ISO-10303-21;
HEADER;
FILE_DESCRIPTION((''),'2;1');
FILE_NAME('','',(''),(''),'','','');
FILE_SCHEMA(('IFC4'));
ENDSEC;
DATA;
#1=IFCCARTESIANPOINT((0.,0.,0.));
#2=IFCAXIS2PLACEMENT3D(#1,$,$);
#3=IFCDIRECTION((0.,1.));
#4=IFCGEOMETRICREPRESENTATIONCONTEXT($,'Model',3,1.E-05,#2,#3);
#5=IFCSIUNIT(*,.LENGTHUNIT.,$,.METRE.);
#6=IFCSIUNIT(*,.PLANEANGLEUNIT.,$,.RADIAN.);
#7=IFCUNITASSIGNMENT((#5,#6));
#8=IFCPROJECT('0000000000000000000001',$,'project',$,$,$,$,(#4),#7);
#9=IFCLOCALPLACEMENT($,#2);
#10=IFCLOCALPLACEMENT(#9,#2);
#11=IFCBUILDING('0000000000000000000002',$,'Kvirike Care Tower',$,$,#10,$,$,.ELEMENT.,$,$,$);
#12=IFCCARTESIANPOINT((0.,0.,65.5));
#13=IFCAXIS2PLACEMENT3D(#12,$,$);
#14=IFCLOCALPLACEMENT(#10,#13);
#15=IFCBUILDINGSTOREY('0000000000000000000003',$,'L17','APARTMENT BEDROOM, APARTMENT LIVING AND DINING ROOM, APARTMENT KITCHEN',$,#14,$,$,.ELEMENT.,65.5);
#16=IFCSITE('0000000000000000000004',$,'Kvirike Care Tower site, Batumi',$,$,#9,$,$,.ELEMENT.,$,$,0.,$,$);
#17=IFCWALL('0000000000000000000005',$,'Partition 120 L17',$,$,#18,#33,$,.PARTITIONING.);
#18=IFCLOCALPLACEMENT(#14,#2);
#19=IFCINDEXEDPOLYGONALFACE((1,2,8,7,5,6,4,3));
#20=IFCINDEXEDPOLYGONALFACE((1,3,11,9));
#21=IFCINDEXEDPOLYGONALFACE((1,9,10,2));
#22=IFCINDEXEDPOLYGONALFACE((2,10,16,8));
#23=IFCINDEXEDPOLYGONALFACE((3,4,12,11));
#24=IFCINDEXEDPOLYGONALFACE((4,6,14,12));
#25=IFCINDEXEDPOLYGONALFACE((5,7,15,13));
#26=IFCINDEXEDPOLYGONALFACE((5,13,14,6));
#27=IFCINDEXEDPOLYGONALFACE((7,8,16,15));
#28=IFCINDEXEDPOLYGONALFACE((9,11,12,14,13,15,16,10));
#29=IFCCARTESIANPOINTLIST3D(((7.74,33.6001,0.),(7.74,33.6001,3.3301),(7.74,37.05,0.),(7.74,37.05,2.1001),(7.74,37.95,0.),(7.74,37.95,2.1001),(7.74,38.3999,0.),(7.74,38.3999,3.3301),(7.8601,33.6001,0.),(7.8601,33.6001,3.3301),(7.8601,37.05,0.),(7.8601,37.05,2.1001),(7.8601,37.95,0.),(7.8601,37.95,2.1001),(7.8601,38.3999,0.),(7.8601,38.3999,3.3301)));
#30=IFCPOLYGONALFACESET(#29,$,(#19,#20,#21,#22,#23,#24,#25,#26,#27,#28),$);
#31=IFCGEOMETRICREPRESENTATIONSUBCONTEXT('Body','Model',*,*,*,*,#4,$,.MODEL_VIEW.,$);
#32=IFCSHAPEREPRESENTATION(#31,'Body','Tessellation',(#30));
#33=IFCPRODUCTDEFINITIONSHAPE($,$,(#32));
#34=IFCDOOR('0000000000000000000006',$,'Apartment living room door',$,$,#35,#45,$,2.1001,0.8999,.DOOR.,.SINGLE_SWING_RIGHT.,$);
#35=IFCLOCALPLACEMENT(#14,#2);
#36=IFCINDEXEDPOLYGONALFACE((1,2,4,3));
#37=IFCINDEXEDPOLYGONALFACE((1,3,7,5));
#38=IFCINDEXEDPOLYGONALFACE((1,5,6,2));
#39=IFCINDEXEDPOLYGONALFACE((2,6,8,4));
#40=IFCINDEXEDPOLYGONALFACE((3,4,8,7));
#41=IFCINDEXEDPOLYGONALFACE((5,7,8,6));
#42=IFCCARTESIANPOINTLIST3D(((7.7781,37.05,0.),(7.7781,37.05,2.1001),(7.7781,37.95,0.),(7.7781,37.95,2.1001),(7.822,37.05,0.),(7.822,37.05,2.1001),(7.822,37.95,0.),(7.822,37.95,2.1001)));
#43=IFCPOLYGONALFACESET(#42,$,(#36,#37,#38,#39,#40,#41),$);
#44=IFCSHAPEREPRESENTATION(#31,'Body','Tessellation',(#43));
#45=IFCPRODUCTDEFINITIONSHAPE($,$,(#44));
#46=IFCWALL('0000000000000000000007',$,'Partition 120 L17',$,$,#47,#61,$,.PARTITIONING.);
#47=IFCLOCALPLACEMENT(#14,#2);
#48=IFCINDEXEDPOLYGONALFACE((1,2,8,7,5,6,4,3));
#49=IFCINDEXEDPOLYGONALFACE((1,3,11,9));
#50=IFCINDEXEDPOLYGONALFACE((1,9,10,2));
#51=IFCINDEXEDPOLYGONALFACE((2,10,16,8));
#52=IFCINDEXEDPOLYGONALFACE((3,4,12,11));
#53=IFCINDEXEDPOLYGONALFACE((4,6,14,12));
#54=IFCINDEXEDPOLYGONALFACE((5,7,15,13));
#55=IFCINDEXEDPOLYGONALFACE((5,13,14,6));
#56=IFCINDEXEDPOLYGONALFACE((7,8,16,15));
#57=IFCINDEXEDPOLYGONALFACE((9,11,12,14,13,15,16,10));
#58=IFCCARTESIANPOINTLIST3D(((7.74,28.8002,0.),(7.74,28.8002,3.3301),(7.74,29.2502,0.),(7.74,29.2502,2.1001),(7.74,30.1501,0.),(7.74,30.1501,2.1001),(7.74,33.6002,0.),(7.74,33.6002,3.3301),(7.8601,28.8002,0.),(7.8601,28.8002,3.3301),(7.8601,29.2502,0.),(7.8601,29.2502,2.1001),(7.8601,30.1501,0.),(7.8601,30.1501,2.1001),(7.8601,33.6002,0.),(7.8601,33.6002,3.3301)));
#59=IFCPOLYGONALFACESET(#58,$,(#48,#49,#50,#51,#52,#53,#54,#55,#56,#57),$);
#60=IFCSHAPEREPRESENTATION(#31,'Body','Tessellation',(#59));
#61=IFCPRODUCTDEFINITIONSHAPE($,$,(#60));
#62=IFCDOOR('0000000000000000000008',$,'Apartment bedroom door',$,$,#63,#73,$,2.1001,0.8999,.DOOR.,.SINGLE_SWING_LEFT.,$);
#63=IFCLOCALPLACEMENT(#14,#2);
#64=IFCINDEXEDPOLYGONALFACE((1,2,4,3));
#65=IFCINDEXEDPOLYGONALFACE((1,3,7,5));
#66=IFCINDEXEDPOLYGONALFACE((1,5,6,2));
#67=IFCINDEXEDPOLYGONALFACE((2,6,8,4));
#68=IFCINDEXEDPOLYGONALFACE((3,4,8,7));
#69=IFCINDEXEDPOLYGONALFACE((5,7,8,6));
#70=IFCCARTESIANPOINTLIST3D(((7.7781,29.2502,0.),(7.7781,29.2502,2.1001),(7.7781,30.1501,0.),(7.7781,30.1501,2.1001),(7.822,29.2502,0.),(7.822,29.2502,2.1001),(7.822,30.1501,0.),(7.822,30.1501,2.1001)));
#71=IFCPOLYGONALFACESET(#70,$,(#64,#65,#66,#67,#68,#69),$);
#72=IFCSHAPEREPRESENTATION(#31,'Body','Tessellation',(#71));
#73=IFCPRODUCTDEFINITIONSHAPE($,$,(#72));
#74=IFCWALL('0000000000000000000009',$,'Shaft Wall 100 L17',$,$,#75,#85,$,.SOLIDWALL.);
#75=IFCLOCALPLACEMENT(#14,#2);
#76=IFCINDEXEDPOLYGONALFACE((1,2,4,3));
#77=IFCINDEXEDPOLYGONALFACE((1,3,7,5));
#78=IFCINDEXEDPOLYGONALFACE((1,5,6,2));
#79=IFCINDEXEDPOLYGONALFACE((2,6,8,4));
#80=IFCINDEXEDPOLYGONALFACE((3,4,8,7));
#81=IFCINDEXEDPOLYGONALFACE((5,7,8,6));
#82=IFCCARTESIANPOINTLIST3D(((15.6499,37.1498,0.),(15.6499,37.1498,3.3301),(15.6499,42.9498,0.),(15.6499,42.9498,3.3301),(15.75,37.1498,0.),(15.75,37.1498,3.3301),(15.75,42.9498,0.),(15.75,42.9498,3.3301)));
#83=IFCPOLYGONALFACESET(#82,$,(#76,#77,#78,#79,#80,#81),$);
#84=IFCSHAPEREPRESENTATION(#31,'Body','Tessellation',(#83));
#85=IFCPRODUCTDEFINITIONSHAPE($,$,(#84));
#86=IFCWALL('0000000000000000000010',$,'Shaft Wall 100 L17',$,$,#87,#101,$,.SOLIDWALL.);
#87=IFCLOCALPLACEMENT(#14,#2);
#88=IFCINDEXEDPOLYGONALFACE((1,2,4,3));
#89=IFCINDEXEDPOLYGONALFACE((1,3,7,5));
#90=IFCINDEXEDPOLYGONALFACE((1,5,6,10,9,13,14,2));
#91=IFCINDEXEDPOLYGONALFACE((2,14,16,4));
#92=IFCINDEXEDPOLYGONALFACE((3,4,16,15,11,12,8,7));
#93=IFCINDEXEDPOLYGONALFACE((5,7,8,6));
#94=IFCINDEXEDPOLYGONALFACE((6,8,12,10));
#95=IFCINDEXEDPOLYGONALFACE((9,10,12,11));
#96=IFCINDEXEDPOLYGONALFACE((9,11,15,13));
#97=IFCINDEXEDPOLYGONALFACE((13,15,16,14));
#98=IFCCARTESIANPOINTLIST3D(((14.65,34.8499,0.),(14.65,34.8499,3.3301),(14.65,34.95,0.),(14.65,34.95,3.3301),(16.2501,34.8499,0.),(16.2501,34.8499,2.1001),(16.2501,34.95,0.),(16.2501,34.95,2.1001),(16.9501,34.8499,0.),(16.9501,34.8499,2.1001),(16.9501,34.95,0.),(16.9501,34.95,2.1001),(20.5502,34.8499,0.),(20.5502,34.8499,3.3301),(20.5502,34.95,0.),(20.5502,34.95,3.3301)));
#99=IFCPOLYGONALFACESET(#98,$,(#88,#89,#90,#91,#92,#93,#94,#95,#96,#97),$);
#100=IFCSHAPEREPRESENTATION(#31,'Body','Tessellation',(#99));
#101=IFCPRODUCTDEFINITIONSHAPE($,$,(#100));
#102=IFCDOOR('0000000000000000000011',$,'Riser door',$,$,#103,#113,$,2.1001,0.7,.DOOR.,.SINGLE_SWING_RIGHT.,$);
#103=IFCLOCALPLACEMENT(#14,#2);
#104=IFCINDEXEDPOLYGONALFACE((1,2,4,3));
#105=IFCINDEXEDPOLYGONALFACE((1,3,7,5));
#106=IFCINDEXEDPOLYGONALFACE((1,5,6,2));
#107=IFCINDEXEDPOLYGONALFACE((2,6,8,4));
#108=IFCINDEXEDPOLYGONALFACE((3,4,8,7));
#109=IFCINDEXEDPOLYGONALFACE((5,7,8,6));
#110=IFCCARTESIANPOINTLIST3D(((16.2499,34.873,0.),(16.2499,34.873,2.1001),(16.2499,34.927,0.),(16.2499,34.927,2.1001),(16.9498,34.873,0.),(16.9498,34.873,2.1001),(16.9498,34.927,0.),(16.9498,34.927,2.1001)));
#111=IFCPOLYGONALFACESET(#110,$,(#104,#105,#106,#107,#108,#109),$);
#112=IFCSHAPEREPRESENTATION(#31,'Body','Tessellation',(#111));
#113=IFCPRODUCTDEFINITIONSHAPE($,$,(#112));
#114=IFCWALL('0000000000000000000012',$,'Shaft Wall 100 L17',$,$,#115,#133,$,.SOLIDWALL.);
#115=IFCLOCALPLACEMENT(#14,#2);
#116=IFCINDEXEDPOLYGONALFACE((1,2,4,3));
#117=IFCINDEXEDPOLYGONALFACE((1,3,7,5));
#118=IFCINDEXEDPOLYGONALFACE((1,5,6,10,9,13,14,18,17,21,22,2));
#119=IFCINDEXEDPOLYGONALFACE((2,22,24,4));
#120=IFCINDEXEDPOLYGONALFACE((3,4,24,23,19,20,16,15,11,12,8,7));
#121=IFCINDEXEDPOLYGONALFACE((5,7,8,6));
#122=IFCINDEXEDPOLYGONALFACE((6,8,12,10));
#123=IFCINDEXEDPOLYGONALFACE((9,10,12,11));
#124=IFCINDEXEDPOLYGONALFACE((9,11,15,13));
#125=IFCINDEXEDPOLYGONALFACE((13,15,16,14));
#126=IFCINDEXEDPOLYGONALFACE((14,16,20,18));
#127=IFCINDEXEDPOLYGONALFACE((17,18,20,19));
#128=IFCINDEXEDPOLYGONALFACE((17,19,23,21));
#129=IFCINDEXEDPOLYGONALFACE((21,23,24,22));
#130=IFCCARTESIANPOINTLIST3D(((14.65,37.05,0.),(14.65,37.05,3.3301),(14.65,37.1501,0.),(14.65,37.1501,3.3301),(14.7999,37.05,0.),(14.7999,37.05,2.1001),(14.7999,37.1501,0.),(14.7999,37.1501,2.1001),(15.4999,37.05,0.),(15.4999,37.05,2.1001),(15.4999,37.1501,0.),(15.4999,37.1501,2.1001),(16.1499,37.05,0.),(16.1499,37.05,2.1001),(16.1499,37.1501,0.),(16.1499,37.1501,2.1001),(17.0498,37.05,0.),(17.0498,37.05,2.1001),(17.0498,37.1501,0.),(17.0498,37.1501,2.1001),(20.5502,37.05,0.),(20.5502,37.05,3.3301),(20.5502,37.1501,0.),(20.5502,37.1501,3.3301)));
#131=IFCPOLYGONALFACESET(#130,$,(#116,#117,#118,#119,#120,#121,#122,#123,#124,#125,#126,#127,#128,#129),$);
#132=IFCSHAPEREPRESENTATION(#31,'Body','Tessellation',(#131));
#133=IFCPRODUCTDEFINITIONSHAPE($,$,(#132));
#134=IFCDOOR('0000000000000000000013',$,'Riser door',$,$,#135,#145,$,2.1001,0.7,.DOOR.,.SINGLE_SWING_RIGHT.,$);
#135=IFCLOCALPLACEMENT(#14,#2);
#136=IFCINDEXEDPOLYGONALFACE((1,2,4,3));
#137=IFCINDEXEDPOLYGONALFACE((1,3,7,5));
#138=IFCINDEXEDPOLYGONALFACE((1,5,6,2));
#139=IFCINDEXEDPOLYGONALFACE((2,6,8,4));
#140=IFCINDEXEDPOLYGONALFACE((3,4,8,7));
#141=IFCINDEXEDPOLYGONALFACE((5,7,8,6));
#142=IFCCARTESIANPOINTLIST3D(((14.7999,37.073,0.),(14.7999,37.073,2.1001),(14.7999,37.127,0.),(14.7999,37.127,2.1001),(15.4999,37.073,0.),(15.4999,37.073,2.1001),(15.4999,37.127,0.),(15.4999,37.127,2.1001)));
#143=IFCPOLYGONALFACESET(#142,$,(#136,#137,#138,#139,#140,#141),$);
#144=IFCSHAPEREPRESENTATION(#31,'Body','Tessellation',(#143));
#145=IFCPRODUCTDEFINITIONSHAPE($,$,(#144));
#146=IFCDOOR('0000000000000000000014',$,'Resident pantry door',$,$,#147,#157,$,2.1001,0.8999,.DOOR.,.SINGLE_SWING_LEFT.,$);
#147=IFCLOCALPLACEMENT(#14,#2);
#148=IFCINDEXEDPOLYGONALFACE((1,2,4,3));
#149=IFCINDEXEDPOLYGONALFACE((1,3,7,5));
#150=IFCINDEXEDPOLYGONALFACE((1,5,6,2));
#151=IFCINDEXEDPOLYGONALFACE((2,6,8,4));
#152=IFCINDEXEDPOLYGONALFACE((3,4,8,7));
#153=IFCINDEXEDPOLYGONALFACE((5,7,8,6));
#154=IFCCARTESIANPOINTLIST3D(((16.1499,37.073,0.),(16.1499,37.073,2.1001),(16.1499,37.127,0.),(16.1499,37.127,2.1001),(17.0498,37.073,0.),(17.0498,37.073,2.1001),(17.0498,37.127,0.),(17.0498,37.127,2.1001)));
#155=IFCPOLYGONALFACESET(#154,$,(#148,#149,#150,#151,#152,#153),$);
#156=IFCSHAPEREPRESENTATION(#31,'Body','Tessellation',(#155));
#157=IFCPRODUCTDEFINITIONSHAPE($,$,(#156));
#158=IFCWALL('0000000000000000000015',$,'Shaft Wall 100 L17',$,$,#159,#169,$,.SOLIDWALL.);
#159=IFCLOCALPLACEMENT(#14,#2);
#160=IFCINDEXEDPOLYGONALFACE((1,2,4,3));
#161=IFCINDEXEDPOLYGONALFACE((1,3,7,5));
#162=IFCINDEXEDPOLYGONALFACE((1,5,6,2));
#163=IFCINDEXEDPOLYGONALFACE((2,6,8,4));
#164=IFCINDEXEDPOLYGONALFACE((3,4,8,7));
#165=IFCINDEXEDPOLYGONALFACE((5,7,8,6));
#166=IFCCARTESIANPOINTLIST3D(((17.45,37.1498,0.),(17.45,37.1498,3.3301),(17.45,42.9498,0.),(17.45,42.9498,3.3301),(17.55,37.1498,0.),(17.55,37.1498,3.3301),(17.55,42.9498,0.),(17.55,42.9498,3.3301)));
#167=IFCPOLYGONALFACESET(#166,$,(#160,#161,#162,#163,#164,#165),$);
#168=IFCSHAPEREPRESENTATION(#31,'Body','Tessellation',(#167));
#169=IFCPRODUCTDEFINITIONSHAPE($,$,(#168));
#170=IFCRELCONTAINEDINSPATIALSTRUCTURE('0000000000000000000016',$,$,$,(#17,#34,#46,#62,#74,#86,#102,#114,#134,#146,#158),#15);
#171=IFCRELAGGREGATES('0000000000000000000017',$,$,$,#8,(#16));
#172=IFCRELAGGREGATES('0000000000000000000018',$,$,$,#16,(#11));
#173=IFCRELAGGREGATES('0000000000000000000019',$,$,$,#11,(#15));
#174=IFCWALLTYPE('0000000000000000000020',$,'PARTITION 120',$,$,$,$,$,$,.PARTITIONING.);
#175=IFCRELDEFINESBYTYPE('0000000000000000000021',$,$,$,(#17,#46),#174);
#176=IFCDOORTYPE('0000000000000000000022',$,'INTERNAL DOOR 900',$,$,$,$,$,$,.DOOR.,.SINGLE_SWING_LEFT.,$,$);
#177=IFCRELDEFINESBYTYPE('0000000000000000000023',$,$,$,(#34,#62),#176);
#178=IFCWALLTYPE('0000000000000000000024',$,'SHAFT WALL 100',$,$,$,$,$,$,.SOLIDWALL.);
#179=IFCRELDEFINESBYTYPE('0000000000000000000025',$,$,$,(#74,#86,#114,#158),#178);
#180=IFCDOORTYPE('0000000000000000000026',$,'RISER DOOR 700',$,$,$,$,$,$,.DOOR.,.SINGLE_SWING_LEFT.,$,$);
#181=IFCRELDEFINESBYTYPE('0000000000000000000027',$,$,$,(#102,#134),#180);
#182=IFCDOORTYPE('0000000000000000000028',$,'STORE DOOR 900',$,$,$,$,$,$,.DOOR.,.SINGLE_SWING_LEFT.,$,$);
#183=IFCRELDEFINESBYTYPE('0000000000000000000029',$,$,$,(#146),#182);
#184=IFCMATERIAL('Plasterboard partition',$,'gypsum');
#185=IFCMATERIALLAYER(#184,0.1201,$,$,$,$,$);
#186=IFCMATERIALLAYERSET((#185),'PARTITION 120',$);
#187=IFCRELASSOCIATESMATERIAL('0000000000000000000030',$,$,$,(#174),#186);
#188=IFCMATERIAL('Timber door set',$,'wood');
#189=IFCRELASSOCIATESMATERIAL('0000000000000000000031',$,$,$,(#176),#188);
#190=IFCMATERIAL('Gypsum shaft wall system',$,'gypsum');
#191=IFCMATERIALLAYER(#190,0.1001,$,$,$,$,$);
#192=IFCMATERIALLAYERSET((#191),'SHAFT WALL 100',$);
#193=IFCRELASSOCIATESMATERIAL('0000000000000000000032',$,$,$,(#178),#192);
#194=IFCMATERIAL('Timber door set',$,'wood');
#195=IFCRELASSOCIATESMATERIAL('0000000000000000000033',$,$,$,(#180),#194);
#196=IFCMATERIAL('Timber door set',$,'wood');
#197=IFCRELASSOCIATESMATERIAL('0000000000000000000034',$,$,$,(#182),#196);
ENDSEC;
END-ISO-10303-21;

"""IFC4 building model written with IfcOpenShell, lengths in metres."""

from ifc_helpers import new_model, si_unit, direction, frame, frame_2d, origin, place, context, subcontext, project, spatial, rectangle, extrude, material, layer, layer_set, type_object, element, fill, save


model = new_model("IFC4")

# Units and contexts
model_context = context("Model", 3, precision=1e-05, world=origin(), true_north=direction((0.0, 1.0)))
body_context = subcontext(model_context, "Body", "Model", "MODEL_VIEW")
ifc_project = project(units=[si_unit("LENGTHUNIT", "METRE"), si_unit("PLANEANGLEUNIT", "RADIAN")], contexts=[model_context])

# Site, building, storey
site_placement = place(None, origin())
site = spatial("IfcSite", under=ifc_project, at=site_placement, Name="Kvirike Care Tower site, Batumi", CompositionType="ELEMENT", RefElevation=0.0)
building_placement = place(site_placement, origin())
building = spatial("IfcBuilding", under=site, at=building_placement, Name="Kvirike Care Tower", CompositionType="ELEMENT")
storey_placement = place(building_placement, frame((0.0, 0.0, 65.5)))
storey = spatial("IfcBuildingStorey", under=building, at=storey_placement, Name="L17", Description="APARTMENT BEDROOM, APARTMENT LIVING AND DINING ROOM, APARTMENT KITCHEN", CompositionType="ELEMENT", Elevation=65.5)

# Walls, openings, doors
ifc_material_1 = material(Name="Plasterboard partition", Category="gypsum")
ifc_layer_1 = layer(ifc_material_1, 0.1201)
ifc_layer_set_1 = layer_set([ifc_layer_1], Name="PARTITION 120")
wall_type_1 = type_object("IfcWallType", Name="PARTITION 120", PredefinedType="PARTITIONING", material=ifc_layer_set_1)
ifc_material_2 = material(Name="Timber door set", Category="wood")
door_type_1 = type_object("IfcDoorType", Name="INTERNAL DOOR 900", OperationType="SINGLE_SWING_LEFT", PredefinedType="DOOR", material=ifc_material_2)
wall_1_placement = place(storey_placement, frame((7.8, 38.3999, 0.0), z_axis=(0.0, 0.0, 1.0), x_axis=(0.0, -1.0, 0.0)))
wall_1 = element("IfcWall", 1, at=wall_1_placement, inside=storey, type_object=wall_type_1, Name="Partition 120 L17", PredefinedType="PARTITIONING", context=body_context, shape_type="SweptSolid", body=[
    extrude(rectangle(XDim=4.7998, YDim=0.1201, at=frame_2d((2.3999, 0.0))), origin(), (0.0, 0.0, 1.0), 3.3301),
])
opening_1_placement = place(wall_1_placement, frame((0.45, 0.0, 0.0)))
opening_1 = element("IfcOpeningElement", 2, at=opening_1_placement, cuts=wall_1, PredefinedType="OPENING", context=body_context, shape_type="SweptSolid", body=[
    extrude(rectangle(XDim=0.8999, YDim=2.1001, at=frame_2d((0.45, 1.05))), frame((0.0, 0.0706, 0.0), z_axis=(0.0, -1.0, 0.0), x_axis=(1.0, 0.0, 0.0)), (0.0, 0.0, 1.0), 0.1411),
])
door_1_placement = place(opening_1_placement, origin())
door_1 = element("IfcDoor", 3, at=door_1_placement, inside=storey, type_object=door_type_1, Name="Apartment living room door", OperationType="SINGLE_SWING_RIGHT", OverallHeight=2.1001, OverallWidth=0.8999, PredefinedType="DOOR", context=body_context, shape_type="SweptSolid", body=[
    extrude(rectangle(XDim=0.8999, YDim=2.1001, at=frame_2d((0.45, 1.05))), frame((0.0, 0.022, 0.0), z_axis=(0.0, -1.0, 0.0), x_axis=(1.0, 0.0, 0.0)), (0.0, 0.0, 1.0), 0.0439),
])
fill(opening_1, door_1)
wall_2_placement = place(storey_placement, frame((7.8, 33.6001, 0.0), z_axis=(0.0, 0.0, 1.0), x_axis=(0.0, -1.0, 0.0)))
wall_2 = element("IfcWall", 4, at=wall_2_placement, inside=storey, type_object=wall_type_1, Name="Partition 120 L17", PredefinedType="PARTITIONING", context=body_context, shape_type="SweptSolid", body=[
    extrude(rectangle(XDim=4.8, YDim=0.1201, at=frame_2d((2.3999, 0.0))), origin(), (0.0, 0.0, 1.0), 3.3301),
])
opening_2_placement = place(wall_2_placement, frame((3.45, 0.0, 0.0)))
opening_2 = element("IfcOpeningElement", 5, at=opening_2_placement, cuts=wall_2, PredefinedType="OPENING", context=body_context, shape_type="SweptSolid", body=[
    extrude(rectangle(XDim=0.8999, YDim=2.1001, at=frame_2d((0.45, 1.05))), frame((0.0, 0.0706, 0.0), z_axis=(0.0, -1.0, 0.0), x_axis=(1.0, 0.0, 0.0)), (0.0, 0.0, 1.0), 0.1411),
])
door_2_placement = place(opening_2_placement, origin())
door_2 = element("IfcDoor", 6, at=door_2_placement, inside=storey, type_object=door_type_1, Name="Apartment bedroom door", OperationType="SINGLE_SWING_LEFT", OverallHeight=2.1001, OverallWidth=0.8999, PredefinedType="DOOR", context=body_context, shape_type="SweptSolid", body=[
    extrude(rectangle(XDim=0.8999, YDim=2.1001, at=frame_2d((0.45, 1.05))), frame((0.0, 0.022, 0.0), z_axis=(0.0, -1.0, 0.0), x_axis=(1.0, 0.0, 0.0)), (0.0, 0.0, 1.0), 0.0439),
])
fill(opening_2, door_2)

# Wall
ifc_material_3 = material(Name="Gypsum shaft wall system", Category="gypsum")
ifc_layer_2 = layer(ifc_material_3, 0.1001)
ifc_layer_set_2 = layer_set([ifc_layer_2], Name="SHAFT WALL 100")
wall_type_2 = type_object("IfcWallType", Name="SHAFT WALL 100", PredefinedType="SOLIDWALL", material=ifc_layer_set_2)
wall_3_placement = place(storey_placement, frame((15.7, 37.1499, 0.0), z_axis=(0.0, 0.0, 1.0), x_axis=(0.0, 1.0, 0.0)))
element("IfcWall", 7, at=wall_3_placement, inside=storey, type_object=wall_type_2, Name="Shaft Wall 100 L17", PredefinedType="SOLIDWALL", context=body_context, shape_type="SweptSolid", body=[
    extrude(rectangle(XDim=5.8, YDim=0.1001, at=frame_2d((2.8999, 0.0))), origin(), (0.0, 0.0, 1.0), 3.3301),
])

# Wall, opening, door
wall_4_placement = place(storey_placement, frame((14.6499, 34.8999, 0.0), z_axis=(0.0, 0.0, 1.0), x_axis=(1.0, 0.0, 0.0)))
wall_4 = element("IfcWall", 8, at=wall_4_placement, inside=storey, type_object=wall_type_2, Name="Shaft Wall 100 L17", PredefinedType="SOLIDWALL", context=body_context, shape_type="SweptSolid", body=[
    extrude(rectangle(XDim=5.9001, YDim=0.1001, at=frame_2d((2.9502, 0.0))), origin(), (0.0, 0.0, 1.0), 3.3301),
])
opening_3_placement = place(wall_4_placement, frame((1.6001, 0.0, 0.0)))
opening_3 = element("IfcOpeningElement", 9, at=opening_3_placement, cuts=wall_4, PredefinedType="OPENING", context=body_context, shape_type="SweptSolid", body=[
    extrude(rectangle(XDim=0.7, YDim=2.1001, at=frame_2d((0.3501, 1.05))), frame((0.0, 0.0605, 0.0), z_axis=(0.0, -1.0, 0.0), x_axis=(1.0, 0.0, 0.0)), (0.0, 0.0, 1.0), 0.1211),
])
ifc_material_4 = material(Name="Timber door set", Category="wood")
door_type_2 = type_object("IfcDoorType", Name="RISER DOOR 700", OperationType="SINGLE_SWING_LEFT", PredefinedType="DOOR", material=ifc_material_4)
door_3_placement = place(opening_3_placement, frame((0.7, 0.0, 0.0), z_axis=(0.0, 0.0, 1.0), x_axis=(-1.0, 0.0, 0.0)))
door_3 = element("IfcDoor", 10, at=door_3_placement, inside=storey, type_object=door_type_2, Name="Riser door", OperationType="SINGLE_SWING_RIGHT", OverallHeight=2.1001, OverallWidth=0.7, PredefinedType="DOOR", context=body_context, shape_type="SweptSolid", body=[
    extrude(rectangle(XDim=0.7, YDim=2.1001, at=frame_2d((0.3501, 1.05))), frame((0.0, 0.0269, 0.0), z_axis=(0.0, -1.0, 0.0), x_axis=(1.0, 0.0, 0.0)), (0.0, 0.0, 1.0), 0.054),
])
fill(opening_3, door_3)

# Wall, openings, doors
wall_5_placement = place(storey_placement, frame((14.6499, 37.1001, 0.0), z_axis=(0.0, 0.0, 1.0), x_axis=(1.0, 0.0, 0.0)))
wall_5 = element("IfcWall", 11, at=wall_5_placement, inside=storey, type_object=wall_type_2, Name="Shaft Wall 100 L17", PredefinedType="SOLIDWALL", context=body_context, shape_type="SweptSolid", body=[
    extrude(rectangle(XDim=5.9001, YDim=0.1001, at=frame_2d((2.9502, 0.0))), origin(), (0.0, 0.0, 1.0), 3.3301),
])
opening_4_placement = place(wall_5_placement, frame((0.1499, 0.0, 0.0)))
opening_4 = element("IfcOpeningElement", 12, at=opening_4_placement, cuts=wall_5, PredefinedType="OPENING", context=body_context, shape_type="SweptSolid", body=[
    extrude(rectangle(XDim=0.7, YDim=2.1001, at=frame_2d((0.3501, 1.05))), frame((0.0, 0.0605, 0.0), z_axis=(0.0, -1.0, 0.0), x_axis=(1.0, 0.0, 0.0)), (0.0, 0.0, 1.0), 0.1211),
])
opening_5_placement = place(wall_5_placement, frame((1.5, 0.0, 0.0)))
opening_5 = element("IfcOpeningElement", 13, at=opening_5_placement, cuts=wall_5, PredefinedType="OPENING", context=body_context, shape_type="SweptSolid", body=[
    extrude(rectangle(XDim=0.8999, YDim=2.1001, at=frame_2d((0.45, 1.05))), frame((0.0, 0.0605, 0.0), z_axis=(0.0, -1.0, 0.0), x_axis=(1.0, 0.0, 0.0)), (0.0, 0.0, 1.0), 0.1211),
])
door_4_placement = place(opening_4_placement, origin())
door_4 = element("IfcDoor", 14, at=door_4_placement, inside=storey, type_object=door_type_2, Name="Riser door", OperationType="SINGLE_SWING_RIGHT", OverallHeight=2.1001, OverallWidth=0.7, PredefinedType="DOOR", context=body_context, shape_type="SweptSolid", body=[
    extrude(rectangle(XDim=0.7, YDim=2.1001, at=frame_2d((0.3501, 1.05))), frame((0.0, 0.0269, 0.0), z_axis=(0.0, -1.0, 0.0), x_axis=(1.0, 0.0, 0.0)), (0.0, 0.0, 1.0), 0.054),
])
fill(opening_4, door_4)
ifc_material_5 = material(Name="Timber door set", Category="wood")
door_type_3 = type_object("IfcDoorType", Name="STORE DOOR 900", OperationType="SINGLE_SWING_LEFT", PredefinedType="DOOR", material=ifc_material_5)
door_5_placement = place(opening_5_placement, origin())
door_5 = element("IfcDoor", 15, at=door_5_placement, inside=storey, type_object=door_type_3, Name="Resident pantry door", OperationType="SINGLE_SWING_LEFT", OverallHeight=2.1001, OverallWidth=0.8999, PredefinedType="DOOR", context=body_context, shape_type="SweptSolid", body=[
    extrude(rectangle(XDim=0.8999, YDim=2.1001, at=frame_2d((0.45, 1.05))), frame((0.0, 0.0269, 0.0), z_axis=(0.0, -1.0, 0.0), x_axis=(1.0, 0.0, 0.0)), (0.0, 0.0, 1.0), 0.054),
])
fill(opening_5, door_5)

# Wall
wall_6_placement = place(storey_placement, frame((17.5, 37.1499, 0.0), z_axis=(0.0, 0.0, 1.0), x_axis=(0.0, 1.0, 0.0)))
element("IfcWall", 16, at=wall_6_placement, inside=storey, type_object=wall_type_2, Name="Shaft Wall 100 L17", PredefinedType="SOLIDWALL", context=body_context, shape_type="SweptSolid", body=[
    extrude(rectangle(XDim=5.8, YDim=0.1001, at=frame_2d((2.8999, 0.0))), origin(), (0.0, 0.0, 1.0), 3.3301),
])

save(model, "model.ifc")
